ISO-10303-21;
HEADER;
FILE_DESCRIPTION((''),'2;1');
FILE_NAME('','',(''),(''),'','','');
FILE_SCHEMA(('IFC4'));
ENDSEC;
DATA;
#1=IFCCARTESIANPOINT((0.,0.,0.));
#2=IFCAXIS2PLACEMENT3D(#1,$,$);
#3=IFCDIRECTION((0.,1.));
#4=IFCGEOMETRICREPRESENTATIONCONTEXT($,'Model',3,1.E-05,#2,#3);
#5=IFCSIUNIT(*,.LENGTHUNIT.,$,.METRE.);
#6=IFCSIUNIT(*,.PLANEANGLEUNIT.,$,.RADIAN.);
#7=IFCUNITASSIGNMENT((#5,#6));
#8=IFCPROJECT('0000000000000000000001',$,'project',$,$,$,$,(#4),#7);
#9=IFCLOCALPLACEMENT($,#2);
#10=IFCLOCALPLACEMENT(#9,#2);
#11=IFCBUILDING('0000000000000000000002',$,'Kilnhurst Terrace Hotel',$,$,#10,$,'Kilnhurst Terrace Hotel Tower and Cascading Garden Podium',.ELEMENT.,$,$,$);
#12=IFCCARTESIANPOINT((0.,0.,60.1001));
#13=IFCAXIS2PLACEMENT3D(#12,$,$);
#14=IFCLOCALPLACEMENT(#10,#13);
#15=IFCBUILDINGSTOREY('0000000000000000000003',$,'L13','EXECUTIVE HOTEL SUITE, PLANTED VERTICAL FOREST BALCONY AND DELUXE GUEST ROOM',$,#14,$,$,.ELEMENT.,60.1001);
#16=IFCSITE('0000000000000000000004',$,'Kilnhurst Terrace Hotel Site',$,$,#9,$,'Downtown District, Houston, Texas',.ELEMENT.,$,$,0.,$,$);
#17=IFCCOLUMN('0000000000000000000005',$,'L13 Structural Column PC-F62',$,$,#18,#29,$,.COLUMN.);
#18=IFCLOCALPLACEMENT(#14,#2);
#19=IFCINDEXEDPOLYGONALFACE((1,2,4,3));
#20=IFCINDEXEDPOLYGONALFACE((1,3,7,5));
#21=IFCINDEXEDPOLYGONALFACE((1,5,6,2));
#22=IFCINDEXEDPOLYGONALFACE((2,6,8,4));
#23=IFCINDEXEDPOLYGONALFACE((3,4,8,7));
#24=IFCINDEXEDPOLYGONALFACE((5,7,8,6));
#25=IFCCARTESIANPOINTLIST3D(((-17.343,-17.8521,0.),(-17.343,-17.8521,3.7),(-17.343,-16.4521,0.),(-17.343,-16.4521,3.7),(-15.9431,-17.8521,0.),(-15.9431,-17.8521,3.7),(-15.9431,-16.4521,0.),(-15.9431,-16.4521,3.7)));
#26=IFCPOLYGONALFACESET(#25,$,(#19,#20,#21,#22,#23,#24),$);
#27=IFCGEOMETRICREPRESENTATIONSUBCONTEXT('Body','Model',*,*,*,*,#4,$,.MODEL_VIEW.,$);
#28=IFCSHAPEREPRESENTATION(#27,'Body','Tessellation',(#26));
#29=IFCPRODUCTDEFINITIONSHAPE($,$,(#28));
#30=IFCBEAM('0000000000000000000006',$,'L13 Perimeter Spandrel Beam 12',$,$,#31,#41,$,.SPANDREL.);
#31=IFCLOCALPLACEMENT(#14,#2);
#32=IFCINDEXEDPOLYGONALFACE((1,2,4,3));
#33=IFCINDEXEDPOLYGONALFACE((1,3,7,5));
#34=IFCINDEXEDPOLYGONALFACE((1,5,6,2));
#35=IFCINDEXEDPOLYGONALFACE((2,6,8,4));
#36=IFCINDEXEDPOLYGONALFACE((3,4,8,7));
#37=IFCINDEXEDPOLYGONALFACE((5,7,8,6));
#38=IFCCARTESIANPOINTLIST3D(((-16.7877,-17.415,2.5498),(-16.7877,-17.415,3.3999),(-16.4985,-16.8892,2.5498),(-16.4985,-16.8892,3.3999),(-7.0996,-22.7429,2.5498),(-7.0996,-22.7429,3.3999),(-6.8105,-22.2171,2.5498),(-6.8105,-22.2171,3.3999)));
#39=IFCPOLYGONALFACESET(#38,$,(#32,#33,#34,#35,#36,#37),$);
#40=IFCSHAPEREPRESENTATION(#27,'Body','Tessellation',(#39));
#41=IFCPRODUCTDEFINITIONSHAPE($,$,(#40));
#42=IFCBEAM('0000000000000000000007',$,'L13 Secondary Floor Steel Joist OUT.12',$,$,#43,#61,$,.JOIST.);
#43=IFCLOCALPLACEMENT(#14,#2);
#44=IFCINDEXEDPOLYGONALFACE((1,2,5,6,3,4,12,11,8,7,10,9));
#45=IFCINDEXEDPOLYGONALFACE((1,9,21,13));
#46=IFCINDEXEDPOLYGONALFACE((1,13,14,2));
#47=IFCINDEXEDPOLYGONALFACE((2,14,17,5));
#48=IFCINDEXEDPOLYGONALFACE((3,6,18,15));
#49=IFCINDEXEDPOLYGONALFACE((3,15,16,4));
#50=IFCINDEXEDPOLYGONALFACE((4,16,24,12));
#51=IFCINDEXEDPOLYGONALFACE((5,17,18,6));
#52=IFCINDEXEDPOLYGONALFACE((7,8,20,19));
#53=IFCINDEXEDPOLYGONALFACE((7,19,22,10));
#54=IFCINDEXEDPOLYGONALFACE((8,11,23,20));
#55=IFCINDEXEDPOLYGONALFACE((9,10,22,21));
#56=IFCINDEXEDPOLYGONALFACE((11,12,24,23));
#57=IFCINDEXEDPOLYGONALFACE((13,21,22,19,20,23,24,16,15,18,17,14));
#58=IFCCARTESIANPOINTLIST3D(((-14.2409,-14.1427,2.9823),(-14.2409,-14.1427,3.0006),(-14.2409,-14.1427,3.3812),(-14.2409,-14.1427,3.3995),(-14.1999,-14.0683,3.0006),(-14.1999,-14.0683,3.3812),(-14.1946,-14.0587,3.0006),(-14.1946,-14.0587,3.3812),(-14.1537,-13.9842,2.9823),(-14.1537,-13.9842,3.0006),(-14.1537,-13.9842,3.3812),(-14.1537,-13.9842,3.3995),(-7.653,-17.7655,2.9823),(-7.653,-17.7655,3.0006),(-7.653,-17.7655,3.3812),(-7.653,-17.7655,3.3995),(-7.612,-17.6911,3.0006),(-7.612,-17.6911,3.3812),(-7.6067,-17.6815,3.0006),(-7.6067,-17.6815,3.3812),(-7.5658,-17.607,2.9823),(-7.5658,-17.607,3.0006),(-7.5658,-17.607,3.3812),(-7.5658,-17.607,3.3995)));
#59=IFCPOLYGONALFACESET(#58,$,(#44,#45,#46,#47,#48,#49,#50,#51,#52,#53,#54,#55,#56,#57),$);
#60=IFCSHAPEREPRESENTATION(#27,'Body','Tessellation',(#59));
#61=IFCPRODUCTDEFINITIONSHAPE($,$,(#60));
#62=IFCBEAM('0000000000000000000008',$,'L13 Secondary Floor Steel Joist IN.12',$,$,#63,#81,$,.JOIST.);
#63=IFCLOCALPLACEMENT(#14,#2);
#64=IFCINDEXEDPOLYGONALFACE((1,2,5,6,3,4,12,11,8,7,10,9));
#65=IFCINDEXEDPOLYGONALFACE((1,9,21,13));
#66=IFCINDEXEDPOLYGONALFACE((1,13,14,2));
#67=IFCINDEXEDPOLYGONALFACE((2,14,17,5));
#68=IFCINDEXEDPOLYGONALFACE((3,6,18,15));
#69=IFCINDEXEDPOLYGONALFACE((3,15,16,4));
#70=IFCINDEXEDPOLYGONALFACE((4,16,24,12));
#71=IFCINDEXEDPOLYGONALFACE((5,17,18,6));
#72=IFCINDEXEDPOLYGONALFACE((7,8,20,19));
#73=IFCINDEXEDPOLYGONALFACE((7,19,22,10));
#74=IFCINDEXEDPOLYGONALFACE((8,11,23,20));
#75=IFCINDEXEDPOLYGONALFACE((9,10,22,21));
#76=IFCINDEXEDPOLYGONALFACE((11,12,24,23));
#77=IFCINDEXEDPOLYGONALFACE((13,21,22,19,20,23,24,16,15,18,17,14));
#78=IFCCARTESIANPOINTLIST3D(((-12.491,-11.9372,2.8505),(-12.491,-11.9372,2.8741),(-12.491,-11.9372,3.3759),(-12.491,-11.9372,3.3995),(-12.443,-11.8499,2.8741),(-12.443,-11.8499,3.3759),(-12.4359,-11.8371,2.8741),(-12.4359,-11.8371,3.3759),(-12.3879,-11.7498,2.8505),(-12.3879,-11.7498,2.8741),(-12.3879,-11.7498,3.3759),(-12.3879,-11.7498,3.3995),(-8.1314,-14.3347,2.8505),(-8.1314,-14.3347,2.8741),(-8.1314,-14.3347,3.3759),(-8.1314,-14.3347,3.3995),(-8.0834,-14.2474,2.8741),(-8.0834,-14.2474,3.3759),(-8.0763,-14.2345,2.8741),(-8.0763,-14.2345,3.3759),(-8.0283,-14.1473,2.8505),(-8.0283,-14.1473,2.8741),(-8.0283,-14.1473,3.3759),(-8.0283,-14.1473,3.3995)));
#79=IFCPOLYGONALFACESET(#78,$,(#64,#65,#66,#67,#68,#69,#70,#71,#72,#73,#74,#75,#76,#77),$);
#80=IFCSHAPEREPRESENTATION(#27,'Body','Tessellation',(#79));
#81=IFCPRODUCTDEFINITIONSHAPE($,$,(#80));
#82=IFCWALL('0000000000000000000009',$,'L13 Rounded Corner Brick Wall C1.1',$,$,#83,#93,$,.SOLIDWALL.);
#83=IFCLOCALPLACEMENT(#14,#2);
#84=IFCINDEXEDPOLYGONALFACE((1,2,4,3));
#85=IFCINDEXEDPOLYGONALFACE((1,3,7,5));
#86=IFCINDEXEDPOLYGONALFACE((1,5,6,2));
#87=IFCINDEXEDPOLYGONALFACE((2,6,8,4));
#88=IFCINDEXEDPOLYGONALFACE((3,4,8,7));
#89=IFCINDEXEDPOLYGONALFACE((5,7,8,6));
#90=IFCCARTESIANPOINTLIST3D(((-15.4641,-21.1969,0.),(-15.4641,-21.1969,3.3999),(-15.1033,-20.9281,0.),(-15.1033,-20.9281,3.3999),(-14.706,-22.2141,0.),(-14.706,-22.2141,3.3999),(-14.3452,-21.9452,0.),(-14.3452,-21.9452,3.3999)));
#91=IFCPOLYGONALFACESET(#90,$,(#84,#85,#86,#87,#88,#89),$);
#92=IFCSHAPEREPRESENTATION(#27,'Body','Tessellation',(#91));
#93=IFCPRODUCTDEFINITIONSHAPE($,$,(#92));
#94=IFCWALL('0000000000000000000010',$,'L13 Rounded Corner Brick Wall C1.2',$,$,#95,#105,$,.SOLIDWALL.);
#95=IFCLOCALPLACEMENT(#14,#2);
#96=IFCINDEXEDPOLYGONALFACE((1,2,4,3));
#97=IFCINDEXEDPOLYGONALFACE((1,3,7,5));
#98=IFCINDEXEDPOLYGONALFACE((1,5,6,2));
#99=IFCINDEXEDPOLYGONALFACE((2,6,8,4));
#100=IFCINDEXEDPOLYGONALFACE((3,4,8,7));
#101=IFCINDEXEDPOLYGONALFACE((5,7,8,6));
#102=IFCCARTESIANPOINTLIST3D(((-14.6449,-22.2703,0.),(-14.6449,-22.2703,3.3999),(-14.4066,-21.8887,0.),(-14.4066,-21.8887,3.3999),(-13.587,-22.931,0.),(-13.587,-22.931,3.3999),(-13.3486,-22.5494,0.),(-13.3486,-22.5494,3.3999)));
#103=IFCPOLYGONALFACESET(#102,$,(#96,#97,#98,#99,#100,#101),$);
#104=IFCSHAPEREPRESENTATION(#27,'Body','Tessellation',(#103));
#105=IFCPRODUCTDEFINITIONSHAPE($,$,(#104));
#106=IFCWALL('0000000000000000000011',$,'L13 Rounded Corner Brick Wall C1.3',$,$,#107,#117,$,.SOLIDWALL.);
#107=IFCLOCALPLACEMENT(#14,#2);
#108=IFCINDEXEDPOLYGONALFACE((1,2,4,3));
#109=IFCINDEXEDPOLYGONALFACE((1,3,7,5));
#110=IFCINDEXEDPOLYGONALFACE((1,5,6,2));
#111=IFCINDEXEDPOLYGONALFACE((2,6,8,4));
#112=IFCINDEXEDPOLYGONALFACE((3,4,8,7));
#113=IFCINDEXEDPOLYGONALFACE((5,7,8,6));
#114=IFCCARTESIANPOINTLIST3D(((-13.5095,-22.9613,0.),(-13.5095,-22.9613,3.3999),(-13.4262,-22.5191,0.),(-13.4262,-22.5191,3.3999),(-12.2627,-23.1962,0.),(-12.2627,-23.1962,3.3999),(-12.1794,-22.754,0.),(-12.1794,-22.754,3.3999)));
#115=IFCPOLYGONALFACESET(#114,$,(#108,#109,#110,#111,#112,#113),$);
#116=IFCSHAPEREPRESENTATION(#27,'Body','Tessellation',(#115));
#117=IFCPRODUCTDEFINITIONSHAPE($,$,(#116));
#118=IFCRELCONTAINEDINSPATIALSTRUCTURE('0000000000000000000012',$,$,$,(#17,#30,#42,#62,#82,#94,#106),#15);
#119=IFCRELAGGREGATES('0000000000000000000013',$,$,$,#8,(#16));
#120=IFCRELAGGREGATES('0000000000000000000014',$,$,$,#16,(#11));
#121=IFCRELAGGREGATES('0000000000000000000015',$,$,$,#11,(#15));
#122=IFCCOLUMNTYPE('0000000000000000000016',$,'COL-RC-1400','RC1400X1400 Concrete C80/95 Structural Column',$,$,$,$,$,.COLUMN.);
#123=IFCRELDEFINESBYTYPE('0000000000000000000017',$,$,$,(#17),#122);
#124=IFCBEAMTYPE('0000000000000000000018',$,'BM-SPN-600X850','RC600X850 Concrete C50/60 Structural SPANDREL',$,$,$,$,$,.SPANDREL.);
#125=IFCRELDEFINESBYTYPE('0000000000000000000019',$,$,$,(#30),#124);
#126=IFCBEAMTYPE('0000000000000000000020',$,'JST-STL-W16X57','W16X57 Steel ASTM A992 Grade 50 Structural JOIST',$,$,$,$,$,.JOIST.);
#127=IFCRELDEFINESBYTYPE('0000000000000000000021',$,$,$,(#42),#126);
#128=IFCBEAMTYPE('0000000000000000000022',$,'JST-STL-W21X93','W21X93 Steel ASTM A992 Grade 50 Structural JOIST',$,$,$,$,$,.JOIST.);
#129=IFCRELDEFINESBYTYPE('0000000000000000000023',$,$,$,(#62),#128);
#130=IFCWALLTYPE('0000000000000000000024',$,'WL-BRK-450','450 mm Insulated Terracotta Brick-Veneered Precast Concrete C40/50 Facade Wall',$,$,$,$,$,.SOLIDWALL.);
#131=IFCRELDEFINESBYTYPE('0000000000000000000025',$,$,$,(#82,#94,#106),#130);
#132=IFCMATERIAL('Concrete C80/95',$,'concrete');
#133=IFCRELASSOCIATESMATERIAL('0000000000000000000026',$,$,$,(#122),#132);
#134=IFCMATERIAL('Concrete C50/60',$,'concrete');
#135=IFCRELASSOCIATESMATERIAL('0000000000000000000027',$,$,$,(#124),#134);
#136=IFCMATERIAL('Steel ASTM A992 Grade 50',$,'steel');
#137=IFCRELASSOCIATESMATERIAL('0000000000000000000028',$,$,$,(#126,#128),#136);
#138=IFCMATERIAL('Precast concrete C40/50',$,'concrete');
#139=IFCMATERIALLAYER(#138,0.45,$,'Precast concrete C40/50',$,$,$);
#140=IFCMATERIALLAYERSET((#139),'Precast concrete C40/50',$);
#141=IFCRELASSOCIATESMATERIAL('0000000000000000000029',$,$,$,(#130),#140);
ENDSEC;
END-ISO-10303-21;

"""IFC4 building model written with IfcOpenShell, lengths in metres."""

from ifc_helpers import new_model, si_unit, direction, frame, frame_2d, origin, origin_2d, place, context, subcontext, project, spatial, rectangle, i_section, extrude, material, layer, layer_set, material_profile, profile_set, type_object, element, save


model = new_model("IFC4")

# Units and contexts
model_context = context("Model", 3, precision=1e-05, world=origin(), true_north=direction((0.0, 1.0)))
body_context = subcontext(model_context, "Body", "Model", "MODEL_VIEW")
ifc_project = project(units=[si_unit("LENGTHUNIT", "METRE"), si_unit("PLANEANGLEUNIT", "RADIAN")], contexts=[model_context])

# Site, building, storey
site_placement = place(None, origin())
site = spatial("IfcSite", under=ifc_project, at=site_placement, Name="Kilnhurst Terrace Hotel Site", LongName="Downtown District, Houston, Texas", CompositionType="ELEMENT", RefElevation=0.0)
building_placement = place(site_placement, origin())
building = spatial("IfcBuilding", under=site, at=building_placement, Name="Kilnhurst Terrace Hotel", LongName="Kilnhurst Terrace Hotel Tower and Cascading Garden Podium", CompositionType="ELEMENT")
storey_placement = place(building_placement, frame((0.0, 0.0, 60.1001)))
storey = spatial("IfcBuildingStorey", under=building, at=storey_placement, Name="L13", Description="EXECUTIVE HOTEL SUITE, PLANTED VERTICAL FOREST BALCONY AND DELUXE GUEST ROOM", CompositionType="ELEMENT", Elevation=60.1001)

# Column
ifc_material_1 = material(Name="Concrete C80/95", Category="concrete")
ifc_material_profile_1 = material_profile(ifc_material_1, rectangle(XDim=1.3999, YDim=1.3999, at=origin_2d()), Name="RC1400X1400")
ifc_profile_set_1 = profile_set([ifc_material_profile_1], Name="Concrete C80/95")
column_type = type_object("IfcColumnType", Name="COL-RC-1400", Description="RC1400X1400 Concrete C80/95 Structural Column", PredefinedType="COLUMN", material=ifc_profile_set_1)
column_placement = place(storey_placement, frame((-16.6431, -17.1521, 0.0), z_axis=(0.0, 0.0, 1.0), x_axis=(1.0, 0.0, 0.0)))
element("IfcColumn", 1, at=column_placement, inside=storey, type_object=column_type, Name="L13 Structural Column PC-F62", PredefinedType="COLUMN", context=body_context, shape_type="SweptSolid", body=[
    extrude(rectangle(XDim=1.3999, YDim=1.3999, at=origin_2d()), origin(), (0.0, 0.0, 1.0), 3.7),
])

# Beams
ifc_material_2 = material(Name="Concrete C50/60", Category="concrete")
ifc_material_profile_2 = material_profile(ifc_material_2, rectangle(XDim=0.6001, YDim=0.8501, at=origin_2d()), Name="RC600X850")
ifc_profile_set_2 = profile_set([ifc_material_profile_2], Name="Concrete C50/60")
beam_type_1 = type_object("IfcBeamType", Name="BM-SPN-600X850", Description="RC600X850 Concrete C50/60 Structural SPANDREL", PredefinedType="SPANDREL", material=ifc_profile_set_2)
beam_1_placement = place(storey_placement, frame((-16.6431, -17.1521, 2.9749), z_axis=(0.876235, -0.481883, 0.0), x_axis=(0.481883, 0.876235, 0.0)))
element("IfcBeam", 2, at=beam_1_placement, inside=storey, type_object=beam_type_1, Name="L13 Perimeter Spandrel Beam 12", PredefinedType="SPANDREL", context=body_context, shape_type="SweptSolid", body=[
    extrude(rectangle(XDim=0.6001, YDim=0.8501, at=origin_2d()), origin(), (0.0, 0.0, 1.0), 11.0564),
])
ifc_material_3 = material(Name="Steel ASTM A992 Grade 50", Category="steel")
ifc_material_profile_3 = material_profile(ifc_material_3, i_section(OverallWidth=0.1809, OverallDepth=0.4172, WebThickness=0.011, FlangeThickness=0.0183, at=origin_2d()), Name="W16X57")
ifc_profile_set_3 = profile_set([ifc_material_profile_3], Name="Steel ASTM A992 Grade 50")
beam_type_2 = type_object("IfcBeamType", Name="JST-STL-W16X57", Description="W16X57 Steel ASTM A992 Grade 50 Structural JOIST", PredefinedType="JOIST", material=ifc_profile_set_3)
beam_2_placement = place(storey_placement, frame((-14.1973, -14.0635, 3.1909), z_axis=(0.876246, -0.481864, 0.0), x_axis=(0.481864, 0.876246, 0.0)))
element("IfcBeam", 3, at=beam_2_placement, inside=storey, type_object=beam_type_2, Name="L13 Secondary Floor Steel Joist OUT.12", PredefinedType="JOIST", context=body_context, shape_type="SweptSolid", body=[
    extrude(i_section(OverallWidth=0.1809, OverallDepth=0.4172, WebThickness=0.011, FlangeThickness=0.0183, at=origin_2d()), origin(), (0.0, 0.0, 1.0), 7.5183),
])
ifc_material_profile_4 = material_profile(ifc_material_3, i_section(OverallWidth=0.2139, OverallDepth=0.5491, WebThickness=0.0146, FlangeThickness=0.0237, at=origin_2d()), Name="W21X93")
ifc_profile_set_4 = profile_set([ifc_material_profile_4], Name="Steel ASTM A992 Grade 50")
beam_type_3 = type_object("IfcBeamType", Name="JST-STL-W21X93", Description="W21X93 Steel ASTM A992 Grade 50 Structural JOIST", PredefinedType="JOIST", material=ifc_profile_set_4)
beam_3_placement = place(storey_placement, frame((-12.4395, -11.8435, 3.125), z_axis=(0.876244, -0.481868, 0.0), x_axis=(0.481868, 0.876244, 0.0)))
element("IfcBeam", 4, at=beam_3_placement, inside=storey, type_object=beam_type_3, Name="L13 Secondary Floor Steel Joist IN.12", PredefinedType="JOIST", context=body_context, shape_type="SweptSolid", body=[
    extrude(i_section(OverallWidth=0.2139, OverallDepth=0.5491, WebThickness=0.0146, FlangeThickness=0.0237, at=origin_2d()), origin(), (0.0, 0.0, 1.0), 4.9753),
])

# Walls
ifc_material_4 = material(Name="Precast concrete C40/50", Category="concrete")
ifc_layer_1 = layer(ifc_material_4, 0.45, Name="Precast concrete C40/50")
ifc_layer_set_1 = layer_set([ifc_layer_1], Name="Precast concrete C40/50")
wall_type_1 = type_object("IfcWallType", Name="WL-BRK-450", Description="450 mm Insulated Terracotta Brick-Veneered Precast Concrete C40/50 Facade Wall", PredefinedType="SOLIDWALL", material=ifc_layer_set_1)
wall_1_placement = place(storey_placement, frame((-15.2837, -21.0625, 0.0), z_axis=(0.0, 0.0, 1.0), x_axis=(0.597595, -0.801798, 0.0)))
element("IfcWall", 5, at=wall_1_placement, inside=storey, type_object=wall_type_1, Name="L13 Rounded Corner Brick Wall C1.1", PredefinedType="SOLIDWALL", context=body_context, shape_type="SweptSolid", body=[
    extrude(rectangle(XDim=1.2686, YDim=0.45, at=frame_2d((0.6343, 0.0))), origin(), (0.0, 0.0, 1.0), 3.3999),
])
wall_2_placement = place(storey_placement, frame((-14.5256, -22.0796, 0.0), z_axis=(0.0, 0.0, 1.0), x_axis=(0.848185, -0.5297, 0.0)))
element("IfcWall", 6, at=wall_2_placement, inside=storey, type_object=wall_type_1, Name="L13 Rounded Corner Brick Wall C1.2", PredefinedType="SOLIDWALL", context=body_context, shape_type="SweptSolid", body=[
    extrude(rectangle(XDim=1.2473, YDim=0.45, at=frame_2d((0.6235, 0.0))), origin(), (0.0, 0.0, 1.0), 3.3999),
])
wall_3_placement = place(storey_placement, frame((-13.4678, -22.7402, 0.0), z_axis=(0.0, 0.0, 1.0), x_axis=(0.982717, -0.185113, 0.0)))
element("IfcWall", 7, at=wall_3_placement, inside=storey, type_object=wall_type_1, Name="L13 Rounded Corner Brick Wall C1.3", PredefinedType="SOLIDWALL", context=body_context, shape_type="SweptSolid", body=[
    extrude(rectangle(XDim=1.2688, YDim=0.45, at=frame_2d((0.6343, 0.0))), origin(), (0.0, 0.0, 1.0), 3.3999),
])

save(model, "model.ifc")
